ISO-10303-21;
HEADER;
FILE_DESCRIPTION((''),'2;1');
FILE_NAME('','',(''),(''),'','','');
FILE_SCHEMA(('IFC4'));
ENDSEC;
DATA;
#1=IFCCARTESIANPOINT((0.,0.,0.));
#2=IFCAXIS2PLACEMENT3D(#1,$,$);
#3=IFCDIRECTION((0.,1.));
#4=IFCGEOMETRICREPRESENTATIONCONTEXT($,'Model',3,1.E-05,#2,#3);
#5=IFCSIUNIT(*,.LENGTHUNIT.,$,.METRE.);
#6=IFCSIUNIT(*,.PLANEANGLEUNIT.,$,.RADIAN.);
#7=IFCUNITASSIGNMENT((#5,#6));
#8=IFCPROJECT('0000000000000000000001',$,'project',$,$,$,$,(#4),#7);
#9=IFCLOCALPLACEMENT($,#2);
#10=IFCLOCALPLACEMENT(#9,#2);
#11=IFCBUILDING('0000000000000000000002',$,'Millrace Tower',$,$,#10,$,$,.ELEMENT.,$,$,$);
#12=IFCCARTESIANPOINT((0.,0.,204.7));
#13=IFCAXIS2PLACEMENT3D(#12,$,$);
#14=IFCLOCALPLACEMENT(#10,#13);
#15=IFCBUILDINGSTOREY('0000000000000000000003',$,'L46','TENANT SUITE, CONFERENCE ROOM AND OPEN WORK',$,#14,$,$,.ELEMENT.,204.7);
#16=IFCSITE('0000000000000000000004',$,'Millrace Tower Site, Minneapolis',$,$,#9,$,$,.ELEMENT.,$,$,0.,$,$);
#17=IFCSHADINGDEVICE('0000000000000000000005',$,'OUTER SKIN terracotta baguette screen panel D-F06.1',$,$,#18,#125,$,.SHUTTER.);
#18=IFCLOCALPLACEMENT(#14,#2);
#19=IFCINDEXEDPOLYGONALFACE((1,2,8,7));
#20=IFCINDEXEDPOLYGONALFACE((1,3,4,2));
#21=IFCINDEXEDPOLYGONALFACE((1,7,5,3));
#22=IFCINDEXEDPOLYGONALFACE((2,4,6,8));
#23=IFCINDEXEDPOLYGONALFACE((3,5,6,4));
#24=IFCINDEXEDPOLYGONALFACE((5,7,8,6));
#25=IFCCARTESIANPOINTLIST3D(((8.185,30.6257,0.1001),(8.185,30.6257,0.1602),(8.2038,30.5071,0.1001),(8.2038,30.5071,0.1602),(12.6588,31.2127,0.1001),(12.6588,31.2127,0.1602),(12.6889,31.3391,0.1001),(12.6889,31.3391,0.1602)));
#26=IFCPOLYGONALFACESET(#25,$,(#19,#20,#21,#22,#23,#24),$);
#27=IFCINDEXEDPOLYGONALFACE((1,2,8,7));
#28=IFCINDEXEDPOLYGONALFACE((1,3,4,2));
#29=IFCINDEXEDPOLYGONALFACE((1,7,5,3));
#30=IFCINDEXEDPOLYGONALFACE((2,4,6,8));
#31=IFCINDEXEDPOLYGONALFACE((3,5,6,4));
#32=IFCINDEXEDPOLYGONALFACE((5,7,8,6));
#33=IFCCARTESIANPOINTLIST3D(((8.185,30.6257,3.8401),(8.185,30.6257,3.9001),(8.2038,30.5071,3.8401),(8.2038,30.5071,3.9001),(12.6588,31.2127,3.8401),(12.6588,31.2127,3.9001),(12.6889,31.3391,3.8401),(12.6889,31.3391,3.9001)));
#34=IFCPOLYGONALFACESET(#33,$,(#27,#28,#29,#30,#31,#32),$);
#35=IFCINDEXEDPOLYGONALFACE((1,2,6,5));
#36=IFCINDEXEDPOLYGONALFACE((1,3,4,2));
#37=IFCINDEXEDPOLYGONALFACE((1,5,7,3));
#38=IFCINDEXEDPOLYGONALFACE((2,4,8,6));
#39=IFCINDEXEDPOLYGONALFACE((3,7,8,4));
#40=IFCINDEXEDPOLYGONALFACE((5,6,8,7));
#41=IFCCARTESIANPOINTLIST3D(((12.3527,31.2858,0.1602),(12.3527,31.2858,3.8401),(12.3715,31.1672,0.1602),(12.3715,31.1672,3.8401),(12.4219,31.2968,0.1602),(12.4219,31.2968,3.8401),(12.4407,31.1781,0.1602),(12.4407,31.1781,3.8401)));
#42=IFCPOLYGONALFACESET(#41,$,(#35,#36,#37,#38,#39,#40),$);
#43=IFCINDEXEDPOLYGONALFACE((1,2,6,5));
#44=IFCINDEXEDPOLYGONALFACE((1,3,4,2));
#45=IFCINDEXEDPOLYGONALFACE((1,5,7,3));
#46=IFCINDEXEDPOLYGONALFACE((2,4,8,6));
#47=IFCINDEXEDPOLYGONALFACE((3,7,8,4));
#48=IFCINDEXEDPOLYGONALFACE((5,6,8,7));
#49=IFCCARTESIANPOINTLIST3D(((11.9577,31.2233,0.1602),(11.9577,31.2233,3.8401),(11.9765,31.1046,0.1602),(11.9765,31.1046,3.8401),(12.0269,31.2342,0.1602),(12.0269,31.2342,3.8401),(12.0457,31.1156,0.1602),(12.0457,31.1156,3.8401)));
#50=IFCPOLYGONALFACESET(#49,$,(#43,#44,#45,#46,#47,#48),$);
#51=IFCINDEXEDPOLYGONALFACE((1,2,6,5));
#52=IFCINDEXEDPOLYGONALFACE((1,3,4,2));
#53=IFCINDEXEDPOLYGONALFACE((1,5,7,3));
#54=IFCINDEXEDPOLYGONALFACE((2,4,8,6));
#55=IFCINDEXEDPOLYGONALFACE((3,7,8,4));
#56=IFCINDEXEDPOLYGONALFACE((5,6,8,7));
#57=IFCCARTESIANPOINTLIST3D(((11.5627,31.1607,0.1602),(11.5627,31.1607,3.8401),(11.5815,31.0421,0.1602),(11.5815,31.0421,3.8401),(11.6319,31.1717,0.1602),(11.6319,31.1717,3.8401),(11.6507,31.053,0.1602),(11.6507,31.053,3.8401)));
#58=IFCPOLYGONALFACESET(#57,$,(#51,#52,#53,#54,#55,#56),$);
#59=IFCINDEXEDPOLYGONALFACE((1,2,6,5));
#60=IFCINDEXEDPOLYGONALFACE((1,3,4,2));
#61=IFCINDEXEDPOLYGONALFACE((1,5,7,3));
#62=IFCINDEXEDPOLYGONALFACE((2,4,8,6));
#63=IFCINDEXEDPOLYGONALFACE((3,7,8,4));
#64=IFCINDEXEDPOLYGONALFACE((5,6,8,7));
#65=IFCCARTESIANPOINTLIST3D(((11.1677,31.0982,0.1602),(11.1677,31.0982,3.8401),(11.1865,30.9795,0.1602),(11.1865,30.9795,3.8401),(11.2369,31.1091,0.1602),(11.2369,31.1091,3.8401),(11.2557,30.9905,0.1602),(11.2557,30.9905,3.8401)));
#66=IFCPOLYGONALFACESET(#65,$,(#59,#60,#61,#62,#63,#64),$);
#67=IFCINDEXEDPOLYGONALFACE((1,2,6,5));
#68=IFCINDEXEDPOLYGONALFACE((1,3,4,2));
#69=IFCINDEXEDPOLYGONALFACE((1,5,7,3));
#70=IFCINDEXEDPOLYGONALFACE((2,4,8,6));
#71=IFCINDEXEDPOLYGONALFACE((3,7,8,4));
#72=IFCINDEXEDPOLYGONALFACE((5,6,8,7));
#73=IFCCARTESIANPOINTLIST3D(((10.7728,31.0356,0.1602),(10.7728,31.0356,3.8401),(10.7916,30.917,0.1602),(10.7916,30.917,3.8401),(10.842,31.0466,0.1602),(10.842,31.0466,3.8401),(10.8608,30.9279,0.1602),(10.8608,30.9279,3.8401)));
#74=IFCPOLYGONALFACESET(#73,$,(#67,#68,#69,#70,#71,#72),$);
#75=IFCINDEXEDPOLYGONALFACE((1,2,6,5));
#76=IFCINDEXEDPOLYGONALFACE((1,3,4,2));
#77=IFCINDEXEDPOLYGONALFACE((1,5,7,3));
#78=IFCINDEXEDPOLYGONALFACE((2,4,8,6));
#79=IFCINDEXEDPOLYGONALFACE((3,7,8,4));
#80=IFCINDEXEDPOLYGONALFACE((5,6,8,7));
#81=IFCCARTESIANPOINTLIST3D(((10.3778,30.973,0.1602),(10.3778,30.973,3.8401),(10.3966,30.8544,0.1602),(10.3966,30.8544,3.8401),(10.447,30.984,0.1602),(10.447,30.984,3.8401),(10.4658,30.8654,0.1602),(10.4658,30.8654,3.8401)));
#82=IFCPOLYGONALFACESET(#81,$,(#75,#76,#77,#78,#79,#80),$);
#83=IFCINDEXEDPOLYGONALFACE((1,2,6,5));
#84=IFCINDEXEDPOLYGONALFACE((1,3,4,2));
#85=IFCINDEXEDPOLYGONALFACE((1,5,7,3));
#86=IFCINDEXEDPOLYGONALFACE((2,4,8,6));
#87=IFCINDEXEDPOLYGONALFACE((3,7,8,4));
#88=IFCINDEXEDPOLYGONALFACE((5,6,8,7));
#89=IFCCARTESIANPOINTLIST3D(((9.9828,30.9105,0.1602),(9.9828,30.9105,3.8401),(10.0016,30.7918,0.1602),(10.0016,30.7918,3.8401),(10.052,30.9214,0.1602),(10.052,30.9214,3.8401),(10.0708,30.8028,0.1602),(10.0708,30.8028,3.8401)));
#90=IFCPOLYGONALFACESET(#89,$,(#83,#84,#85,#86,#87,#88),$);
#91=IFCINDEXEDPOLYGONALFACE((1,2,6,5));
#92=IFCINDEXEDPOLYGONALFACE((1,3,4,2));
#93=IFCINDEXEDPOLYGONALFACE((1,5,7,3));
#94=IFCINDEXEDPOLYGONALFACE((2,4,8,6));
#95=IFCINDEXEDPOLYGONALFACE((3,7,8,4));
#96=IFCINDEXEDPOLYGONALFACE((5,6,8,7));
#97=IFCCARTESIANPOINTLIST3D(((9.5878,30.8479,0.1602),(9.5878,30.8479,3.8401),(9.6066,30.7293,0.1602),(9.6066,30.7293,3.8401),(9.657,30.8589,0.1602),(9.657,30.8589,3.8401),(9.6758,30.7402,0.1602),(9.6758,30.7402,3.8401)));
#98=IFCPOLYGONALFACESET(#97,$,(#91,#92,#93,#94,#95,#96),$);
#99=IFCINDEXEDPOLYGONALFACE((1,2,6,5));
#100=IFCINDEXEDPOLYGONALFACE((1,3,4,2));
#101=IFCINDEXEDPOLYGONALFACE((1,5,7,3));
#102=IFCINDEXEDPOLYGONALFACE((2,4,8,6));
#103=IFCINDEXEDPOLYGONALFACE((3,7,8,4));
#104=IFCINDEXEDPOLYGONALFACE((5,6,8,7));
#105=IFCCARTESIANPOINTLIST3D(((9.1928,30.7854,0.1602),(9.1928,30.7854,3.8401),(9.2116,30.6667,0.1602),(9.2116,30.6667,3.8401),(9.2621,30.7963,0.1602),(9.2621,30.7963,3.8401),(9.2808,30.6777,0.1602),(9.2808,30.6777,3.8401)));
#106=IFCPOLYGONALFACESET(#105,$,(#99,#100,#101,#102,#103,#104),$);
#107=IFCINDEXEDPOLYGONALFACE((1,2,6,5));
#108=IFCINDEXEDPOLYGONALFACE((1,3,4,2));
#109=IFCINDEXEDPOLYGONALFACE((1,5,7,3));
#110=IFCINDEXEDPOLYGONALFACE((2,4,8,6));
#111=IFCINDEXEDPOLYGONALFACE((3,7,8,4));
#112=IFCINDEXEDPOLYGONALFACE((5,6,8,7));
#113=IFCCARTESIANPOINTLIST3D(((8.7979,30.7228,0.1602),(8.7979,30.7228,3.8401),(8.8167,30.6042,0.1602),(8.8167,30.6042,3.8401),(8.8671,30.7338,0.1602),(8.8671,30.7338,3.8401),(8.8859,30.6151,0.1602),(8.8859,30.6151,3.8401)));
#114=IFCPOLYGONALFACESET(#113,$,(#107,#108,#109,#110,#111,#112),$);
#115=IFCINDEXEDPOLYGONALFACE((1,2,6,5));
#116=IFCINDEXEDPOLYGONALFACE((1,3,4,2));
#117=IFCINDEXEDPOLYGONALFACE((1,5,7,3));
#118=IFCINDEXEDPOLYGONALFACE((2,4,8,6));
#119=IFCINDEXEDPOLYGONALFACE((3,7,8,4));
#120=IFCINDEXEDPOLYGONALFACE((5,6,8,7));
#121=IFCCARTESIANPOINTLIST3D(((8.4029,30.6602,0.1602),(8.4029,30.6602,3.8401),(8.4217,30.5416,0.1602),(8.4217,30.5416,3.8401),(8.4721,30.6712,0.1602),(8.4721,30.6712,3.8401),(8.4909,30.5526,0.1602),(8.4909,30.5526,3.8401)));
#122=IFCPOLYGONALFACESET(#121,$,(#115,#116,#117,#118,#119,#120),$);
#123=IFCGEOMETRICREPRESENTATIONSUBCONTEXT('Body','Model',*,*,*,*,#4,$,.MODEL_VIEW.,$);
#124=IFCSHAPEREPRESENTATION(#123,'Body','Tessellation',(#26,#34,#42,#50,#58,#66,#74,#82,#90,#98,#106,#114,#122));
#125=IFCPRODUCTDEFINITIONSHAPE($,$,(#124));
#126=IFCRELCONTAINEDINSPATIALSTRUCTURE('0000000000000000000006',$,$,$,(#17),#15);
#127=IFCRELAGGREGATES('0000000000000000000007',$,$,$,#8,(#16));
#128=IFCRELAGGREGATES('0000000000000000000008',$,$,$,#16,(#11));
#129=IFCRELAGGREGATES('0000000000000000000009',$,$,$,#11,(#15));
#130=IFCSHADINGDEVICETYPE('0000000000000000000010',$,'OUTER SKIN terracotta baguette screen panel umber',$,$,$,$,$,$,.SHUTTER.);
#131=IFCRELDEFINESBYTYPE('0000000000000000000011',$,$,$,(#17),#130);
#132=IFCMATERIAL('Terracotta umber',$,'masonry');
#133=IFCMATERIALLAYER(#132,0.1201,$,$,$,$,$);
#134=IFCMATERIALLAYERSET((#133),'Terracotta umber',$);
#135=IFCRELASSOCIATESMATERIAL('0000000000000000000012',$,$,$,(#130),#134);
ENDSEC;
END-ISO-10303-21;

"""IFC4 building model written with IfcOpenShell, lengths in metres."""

from ifc_helpers import new_model, entity, si_unit, direction, frame, frame_2d, origin, place, context, subcontext, project, spatial, rectangle, extrude, source, transform, mapped, material, layer, layer_set, type_object, element, save


model = new_model("IFC4")

# Units and contexts
model_context = context("Model", 3, precision=1e-05, world=origin(), true_north=direction((0.0, 1.0)))
body_context = subcontext(model_context, "Body", "Model", "MODEL_VIEW")
ifc_project = project(units=[si_unit("LENGTHUNIT", "METRE"), si_unit("PLANEANGLEUNIT", "RADIAN")], contexts=[model_context])

# Site, building, storey
site_placement = place(None, origin())
site = spatial("IfcSite", under=ifc_project, at=site_placement, Name="Millrace Tower Site, Minneapolis", CompositionType="ELEMENT", RefElevation=0.0)
building_placement = place(site_placement, origin())
building = spatial("IfcBuilding", under=site, at=building_placement, Name="Millrace Tower", CompositionType="ELEMENT")
storey_placement = place(building_placement, frame((0.0, 0.0, 204.7)))
storey = spatial("IfcBuildingStorey", under=building, at=storey_placement, Name="L46", Description="TENANT SUITE, CONFERENCE ROOM AND OPEN WORK", CompositionType="ELEMENT", Elevation=204.7)

# Shading device
ifc_material_1 = material(Name="Terracotta umber", Category="masonry")
ifc_layer_1 = layer(ifc_material_1, 0.1201)
ifc_layer_set_1 = layer_set([ifc_layer_1], Name="Terracotta umber")
shading_device_type = type_object("IfcShadingDeviceType", Name="OUTER SKIN terracotta baguette screen panel umber", PredefinedType="SHUTTER", material=ifc_layer_set_1)
cartesian_point_1 = entity("IfcCartesianPoint", [-2.2429, 0.0601])
shared_polyline_1 = entity("IfcPolyline", [cartesian_point_1, entity("IfcCartesianPoint", [2.2676, 0.0601]), entity("IfcCartesianPoint", [2.2676, -0.0601]), entity("IfcCartesianPoint", [-2.2925, -0.0601]), cartesian_point_1])
shared_shape_1 = source(origin(), body_context, "Body", "SweptSolid", [
    entity("IfcExtrudedAreaSolid", entity("IfcArbitraryClosedProfileDef", "AREA", None, shared_polyline_1), entity("IfcAxis2Placement3D", entity("IfcCartesianPoint", [0.0, 0.0, 0.0])), entity("IfcDirection", [0.0, 0.0, 1.0]), 0.0601),
    entity("IfcExtrudedAreaSolid", entity("IfcArbitraryClosedProfileDef", "AREA", None, shared_polyline_1), entity("IfcAxis2Placement3D", entity("IfcCartesianPoint", [0.0, 0.0, 3.74])), entity("IfcDirection", [0.0, 0.0, 1.0]), 0.0601),
    extrude(rectangle(XDim=0.0701, YDim=0.1201, at=frame_2d((-1.9871, 0.0))), frame((0.0, 0.0, 0.0601)), (0.0, 0.0, 1.0), 3.6799),
    extrude(rectangle(XDim=0.0701, YDim=0.1201, at=frame_2d((-1.5872, 0.0))), frame((0.0, 0.0, 0.0601)), (0.0, 0.0, 1.0), 3.6799),
    extrude(rectangle(XDim=0.0701, YDim=0.1201, at=frame_2d((-1.1873, 0.0))), frame((0.0, 0.0, 0.0601)), (0.0, 0.0, 1.0), 3.6799),
    extrude(rectangle(XDim=0.0701, YDim=0.1201, at=frame_2d((-0.7874, 0.0))), frame((0.0, 0.0, 0.0601)), (0.0, 0.0, 1.0), 3.6799),
    extrude(rectangle(XDim=0.0701, YDim=0.1201, at=frame_2d((-0.3875, 0.0))), frame((0.0, 0.0, 0.0601)), (0.0, 0.0, 1.0), 3.6799),
    extrude(rectangle(XDim=0.0701, YDim=0.1201, at=frame_2d((0.0125, 0.0))), frame((0.0, 0.0, 0.0601)), (0.0, 0.0, 1.0), 3.6799),
    extrude(rectangle(XDim=0.0701, YDim=0.1201, at=frame_2d((0.4124, 0.0))), frame((0.0, 0.0, 0.0601)), (0.0, 0.0, 1.0), 3.6799),
    extrude(rectangle(XDim=0.0701, YDim=0.1201, at=frame_2d((0.8123, 0.0))), frame((0.0, 0.0, 0.0601)), (0.0, 0.0, 1.0), 3.6799),
    extrude(rectangle(XDim=0.0701, YDim=0.1201, at=frame_2d((1.2122, 0.0))), frame((0.0, 0.0, 0.0601)), (0.0, 0.0, 1.0), 3.6799),
    extrude(rectangle(XDim=0.0701, YDim=0.1201, at=frame_2d((1.6121, 0.0))), frame((0.0, 0.0, 0.0601)), (0.0, 0.0, 1.0), 3.6799),
    extrude(rectangle(XDim=0.0701, YDim=0.1201, at=frame_2d((2.012, 0.0))), frame((0.0, 0.0, 0.0601)), (0.0, 0.0, 1.0), 3.6799),
])
shading_device_1_placement = place(storey_placement, frame((10.4341, 30.9211, 0.1001), z_axis=(0.0, 0.0, 1.0), x_axis=(-0.987688, -0.156434, 0.0)))
element("IfcShadingDevice", 1, at=shading_device_1_placement, inside=storey, type_object=shading_device_type, Name="OUTER SKIN terracotta baguette screen panel D-F06.1", PredefinedType="SHUTTER", context=body_context, shape_type="MappedRepresentation", body=[
    mapped(shared_shape_1, transform((0.0, 0.0, 0.0), scale=1.0)),
])

save(model, "model.ifc")
